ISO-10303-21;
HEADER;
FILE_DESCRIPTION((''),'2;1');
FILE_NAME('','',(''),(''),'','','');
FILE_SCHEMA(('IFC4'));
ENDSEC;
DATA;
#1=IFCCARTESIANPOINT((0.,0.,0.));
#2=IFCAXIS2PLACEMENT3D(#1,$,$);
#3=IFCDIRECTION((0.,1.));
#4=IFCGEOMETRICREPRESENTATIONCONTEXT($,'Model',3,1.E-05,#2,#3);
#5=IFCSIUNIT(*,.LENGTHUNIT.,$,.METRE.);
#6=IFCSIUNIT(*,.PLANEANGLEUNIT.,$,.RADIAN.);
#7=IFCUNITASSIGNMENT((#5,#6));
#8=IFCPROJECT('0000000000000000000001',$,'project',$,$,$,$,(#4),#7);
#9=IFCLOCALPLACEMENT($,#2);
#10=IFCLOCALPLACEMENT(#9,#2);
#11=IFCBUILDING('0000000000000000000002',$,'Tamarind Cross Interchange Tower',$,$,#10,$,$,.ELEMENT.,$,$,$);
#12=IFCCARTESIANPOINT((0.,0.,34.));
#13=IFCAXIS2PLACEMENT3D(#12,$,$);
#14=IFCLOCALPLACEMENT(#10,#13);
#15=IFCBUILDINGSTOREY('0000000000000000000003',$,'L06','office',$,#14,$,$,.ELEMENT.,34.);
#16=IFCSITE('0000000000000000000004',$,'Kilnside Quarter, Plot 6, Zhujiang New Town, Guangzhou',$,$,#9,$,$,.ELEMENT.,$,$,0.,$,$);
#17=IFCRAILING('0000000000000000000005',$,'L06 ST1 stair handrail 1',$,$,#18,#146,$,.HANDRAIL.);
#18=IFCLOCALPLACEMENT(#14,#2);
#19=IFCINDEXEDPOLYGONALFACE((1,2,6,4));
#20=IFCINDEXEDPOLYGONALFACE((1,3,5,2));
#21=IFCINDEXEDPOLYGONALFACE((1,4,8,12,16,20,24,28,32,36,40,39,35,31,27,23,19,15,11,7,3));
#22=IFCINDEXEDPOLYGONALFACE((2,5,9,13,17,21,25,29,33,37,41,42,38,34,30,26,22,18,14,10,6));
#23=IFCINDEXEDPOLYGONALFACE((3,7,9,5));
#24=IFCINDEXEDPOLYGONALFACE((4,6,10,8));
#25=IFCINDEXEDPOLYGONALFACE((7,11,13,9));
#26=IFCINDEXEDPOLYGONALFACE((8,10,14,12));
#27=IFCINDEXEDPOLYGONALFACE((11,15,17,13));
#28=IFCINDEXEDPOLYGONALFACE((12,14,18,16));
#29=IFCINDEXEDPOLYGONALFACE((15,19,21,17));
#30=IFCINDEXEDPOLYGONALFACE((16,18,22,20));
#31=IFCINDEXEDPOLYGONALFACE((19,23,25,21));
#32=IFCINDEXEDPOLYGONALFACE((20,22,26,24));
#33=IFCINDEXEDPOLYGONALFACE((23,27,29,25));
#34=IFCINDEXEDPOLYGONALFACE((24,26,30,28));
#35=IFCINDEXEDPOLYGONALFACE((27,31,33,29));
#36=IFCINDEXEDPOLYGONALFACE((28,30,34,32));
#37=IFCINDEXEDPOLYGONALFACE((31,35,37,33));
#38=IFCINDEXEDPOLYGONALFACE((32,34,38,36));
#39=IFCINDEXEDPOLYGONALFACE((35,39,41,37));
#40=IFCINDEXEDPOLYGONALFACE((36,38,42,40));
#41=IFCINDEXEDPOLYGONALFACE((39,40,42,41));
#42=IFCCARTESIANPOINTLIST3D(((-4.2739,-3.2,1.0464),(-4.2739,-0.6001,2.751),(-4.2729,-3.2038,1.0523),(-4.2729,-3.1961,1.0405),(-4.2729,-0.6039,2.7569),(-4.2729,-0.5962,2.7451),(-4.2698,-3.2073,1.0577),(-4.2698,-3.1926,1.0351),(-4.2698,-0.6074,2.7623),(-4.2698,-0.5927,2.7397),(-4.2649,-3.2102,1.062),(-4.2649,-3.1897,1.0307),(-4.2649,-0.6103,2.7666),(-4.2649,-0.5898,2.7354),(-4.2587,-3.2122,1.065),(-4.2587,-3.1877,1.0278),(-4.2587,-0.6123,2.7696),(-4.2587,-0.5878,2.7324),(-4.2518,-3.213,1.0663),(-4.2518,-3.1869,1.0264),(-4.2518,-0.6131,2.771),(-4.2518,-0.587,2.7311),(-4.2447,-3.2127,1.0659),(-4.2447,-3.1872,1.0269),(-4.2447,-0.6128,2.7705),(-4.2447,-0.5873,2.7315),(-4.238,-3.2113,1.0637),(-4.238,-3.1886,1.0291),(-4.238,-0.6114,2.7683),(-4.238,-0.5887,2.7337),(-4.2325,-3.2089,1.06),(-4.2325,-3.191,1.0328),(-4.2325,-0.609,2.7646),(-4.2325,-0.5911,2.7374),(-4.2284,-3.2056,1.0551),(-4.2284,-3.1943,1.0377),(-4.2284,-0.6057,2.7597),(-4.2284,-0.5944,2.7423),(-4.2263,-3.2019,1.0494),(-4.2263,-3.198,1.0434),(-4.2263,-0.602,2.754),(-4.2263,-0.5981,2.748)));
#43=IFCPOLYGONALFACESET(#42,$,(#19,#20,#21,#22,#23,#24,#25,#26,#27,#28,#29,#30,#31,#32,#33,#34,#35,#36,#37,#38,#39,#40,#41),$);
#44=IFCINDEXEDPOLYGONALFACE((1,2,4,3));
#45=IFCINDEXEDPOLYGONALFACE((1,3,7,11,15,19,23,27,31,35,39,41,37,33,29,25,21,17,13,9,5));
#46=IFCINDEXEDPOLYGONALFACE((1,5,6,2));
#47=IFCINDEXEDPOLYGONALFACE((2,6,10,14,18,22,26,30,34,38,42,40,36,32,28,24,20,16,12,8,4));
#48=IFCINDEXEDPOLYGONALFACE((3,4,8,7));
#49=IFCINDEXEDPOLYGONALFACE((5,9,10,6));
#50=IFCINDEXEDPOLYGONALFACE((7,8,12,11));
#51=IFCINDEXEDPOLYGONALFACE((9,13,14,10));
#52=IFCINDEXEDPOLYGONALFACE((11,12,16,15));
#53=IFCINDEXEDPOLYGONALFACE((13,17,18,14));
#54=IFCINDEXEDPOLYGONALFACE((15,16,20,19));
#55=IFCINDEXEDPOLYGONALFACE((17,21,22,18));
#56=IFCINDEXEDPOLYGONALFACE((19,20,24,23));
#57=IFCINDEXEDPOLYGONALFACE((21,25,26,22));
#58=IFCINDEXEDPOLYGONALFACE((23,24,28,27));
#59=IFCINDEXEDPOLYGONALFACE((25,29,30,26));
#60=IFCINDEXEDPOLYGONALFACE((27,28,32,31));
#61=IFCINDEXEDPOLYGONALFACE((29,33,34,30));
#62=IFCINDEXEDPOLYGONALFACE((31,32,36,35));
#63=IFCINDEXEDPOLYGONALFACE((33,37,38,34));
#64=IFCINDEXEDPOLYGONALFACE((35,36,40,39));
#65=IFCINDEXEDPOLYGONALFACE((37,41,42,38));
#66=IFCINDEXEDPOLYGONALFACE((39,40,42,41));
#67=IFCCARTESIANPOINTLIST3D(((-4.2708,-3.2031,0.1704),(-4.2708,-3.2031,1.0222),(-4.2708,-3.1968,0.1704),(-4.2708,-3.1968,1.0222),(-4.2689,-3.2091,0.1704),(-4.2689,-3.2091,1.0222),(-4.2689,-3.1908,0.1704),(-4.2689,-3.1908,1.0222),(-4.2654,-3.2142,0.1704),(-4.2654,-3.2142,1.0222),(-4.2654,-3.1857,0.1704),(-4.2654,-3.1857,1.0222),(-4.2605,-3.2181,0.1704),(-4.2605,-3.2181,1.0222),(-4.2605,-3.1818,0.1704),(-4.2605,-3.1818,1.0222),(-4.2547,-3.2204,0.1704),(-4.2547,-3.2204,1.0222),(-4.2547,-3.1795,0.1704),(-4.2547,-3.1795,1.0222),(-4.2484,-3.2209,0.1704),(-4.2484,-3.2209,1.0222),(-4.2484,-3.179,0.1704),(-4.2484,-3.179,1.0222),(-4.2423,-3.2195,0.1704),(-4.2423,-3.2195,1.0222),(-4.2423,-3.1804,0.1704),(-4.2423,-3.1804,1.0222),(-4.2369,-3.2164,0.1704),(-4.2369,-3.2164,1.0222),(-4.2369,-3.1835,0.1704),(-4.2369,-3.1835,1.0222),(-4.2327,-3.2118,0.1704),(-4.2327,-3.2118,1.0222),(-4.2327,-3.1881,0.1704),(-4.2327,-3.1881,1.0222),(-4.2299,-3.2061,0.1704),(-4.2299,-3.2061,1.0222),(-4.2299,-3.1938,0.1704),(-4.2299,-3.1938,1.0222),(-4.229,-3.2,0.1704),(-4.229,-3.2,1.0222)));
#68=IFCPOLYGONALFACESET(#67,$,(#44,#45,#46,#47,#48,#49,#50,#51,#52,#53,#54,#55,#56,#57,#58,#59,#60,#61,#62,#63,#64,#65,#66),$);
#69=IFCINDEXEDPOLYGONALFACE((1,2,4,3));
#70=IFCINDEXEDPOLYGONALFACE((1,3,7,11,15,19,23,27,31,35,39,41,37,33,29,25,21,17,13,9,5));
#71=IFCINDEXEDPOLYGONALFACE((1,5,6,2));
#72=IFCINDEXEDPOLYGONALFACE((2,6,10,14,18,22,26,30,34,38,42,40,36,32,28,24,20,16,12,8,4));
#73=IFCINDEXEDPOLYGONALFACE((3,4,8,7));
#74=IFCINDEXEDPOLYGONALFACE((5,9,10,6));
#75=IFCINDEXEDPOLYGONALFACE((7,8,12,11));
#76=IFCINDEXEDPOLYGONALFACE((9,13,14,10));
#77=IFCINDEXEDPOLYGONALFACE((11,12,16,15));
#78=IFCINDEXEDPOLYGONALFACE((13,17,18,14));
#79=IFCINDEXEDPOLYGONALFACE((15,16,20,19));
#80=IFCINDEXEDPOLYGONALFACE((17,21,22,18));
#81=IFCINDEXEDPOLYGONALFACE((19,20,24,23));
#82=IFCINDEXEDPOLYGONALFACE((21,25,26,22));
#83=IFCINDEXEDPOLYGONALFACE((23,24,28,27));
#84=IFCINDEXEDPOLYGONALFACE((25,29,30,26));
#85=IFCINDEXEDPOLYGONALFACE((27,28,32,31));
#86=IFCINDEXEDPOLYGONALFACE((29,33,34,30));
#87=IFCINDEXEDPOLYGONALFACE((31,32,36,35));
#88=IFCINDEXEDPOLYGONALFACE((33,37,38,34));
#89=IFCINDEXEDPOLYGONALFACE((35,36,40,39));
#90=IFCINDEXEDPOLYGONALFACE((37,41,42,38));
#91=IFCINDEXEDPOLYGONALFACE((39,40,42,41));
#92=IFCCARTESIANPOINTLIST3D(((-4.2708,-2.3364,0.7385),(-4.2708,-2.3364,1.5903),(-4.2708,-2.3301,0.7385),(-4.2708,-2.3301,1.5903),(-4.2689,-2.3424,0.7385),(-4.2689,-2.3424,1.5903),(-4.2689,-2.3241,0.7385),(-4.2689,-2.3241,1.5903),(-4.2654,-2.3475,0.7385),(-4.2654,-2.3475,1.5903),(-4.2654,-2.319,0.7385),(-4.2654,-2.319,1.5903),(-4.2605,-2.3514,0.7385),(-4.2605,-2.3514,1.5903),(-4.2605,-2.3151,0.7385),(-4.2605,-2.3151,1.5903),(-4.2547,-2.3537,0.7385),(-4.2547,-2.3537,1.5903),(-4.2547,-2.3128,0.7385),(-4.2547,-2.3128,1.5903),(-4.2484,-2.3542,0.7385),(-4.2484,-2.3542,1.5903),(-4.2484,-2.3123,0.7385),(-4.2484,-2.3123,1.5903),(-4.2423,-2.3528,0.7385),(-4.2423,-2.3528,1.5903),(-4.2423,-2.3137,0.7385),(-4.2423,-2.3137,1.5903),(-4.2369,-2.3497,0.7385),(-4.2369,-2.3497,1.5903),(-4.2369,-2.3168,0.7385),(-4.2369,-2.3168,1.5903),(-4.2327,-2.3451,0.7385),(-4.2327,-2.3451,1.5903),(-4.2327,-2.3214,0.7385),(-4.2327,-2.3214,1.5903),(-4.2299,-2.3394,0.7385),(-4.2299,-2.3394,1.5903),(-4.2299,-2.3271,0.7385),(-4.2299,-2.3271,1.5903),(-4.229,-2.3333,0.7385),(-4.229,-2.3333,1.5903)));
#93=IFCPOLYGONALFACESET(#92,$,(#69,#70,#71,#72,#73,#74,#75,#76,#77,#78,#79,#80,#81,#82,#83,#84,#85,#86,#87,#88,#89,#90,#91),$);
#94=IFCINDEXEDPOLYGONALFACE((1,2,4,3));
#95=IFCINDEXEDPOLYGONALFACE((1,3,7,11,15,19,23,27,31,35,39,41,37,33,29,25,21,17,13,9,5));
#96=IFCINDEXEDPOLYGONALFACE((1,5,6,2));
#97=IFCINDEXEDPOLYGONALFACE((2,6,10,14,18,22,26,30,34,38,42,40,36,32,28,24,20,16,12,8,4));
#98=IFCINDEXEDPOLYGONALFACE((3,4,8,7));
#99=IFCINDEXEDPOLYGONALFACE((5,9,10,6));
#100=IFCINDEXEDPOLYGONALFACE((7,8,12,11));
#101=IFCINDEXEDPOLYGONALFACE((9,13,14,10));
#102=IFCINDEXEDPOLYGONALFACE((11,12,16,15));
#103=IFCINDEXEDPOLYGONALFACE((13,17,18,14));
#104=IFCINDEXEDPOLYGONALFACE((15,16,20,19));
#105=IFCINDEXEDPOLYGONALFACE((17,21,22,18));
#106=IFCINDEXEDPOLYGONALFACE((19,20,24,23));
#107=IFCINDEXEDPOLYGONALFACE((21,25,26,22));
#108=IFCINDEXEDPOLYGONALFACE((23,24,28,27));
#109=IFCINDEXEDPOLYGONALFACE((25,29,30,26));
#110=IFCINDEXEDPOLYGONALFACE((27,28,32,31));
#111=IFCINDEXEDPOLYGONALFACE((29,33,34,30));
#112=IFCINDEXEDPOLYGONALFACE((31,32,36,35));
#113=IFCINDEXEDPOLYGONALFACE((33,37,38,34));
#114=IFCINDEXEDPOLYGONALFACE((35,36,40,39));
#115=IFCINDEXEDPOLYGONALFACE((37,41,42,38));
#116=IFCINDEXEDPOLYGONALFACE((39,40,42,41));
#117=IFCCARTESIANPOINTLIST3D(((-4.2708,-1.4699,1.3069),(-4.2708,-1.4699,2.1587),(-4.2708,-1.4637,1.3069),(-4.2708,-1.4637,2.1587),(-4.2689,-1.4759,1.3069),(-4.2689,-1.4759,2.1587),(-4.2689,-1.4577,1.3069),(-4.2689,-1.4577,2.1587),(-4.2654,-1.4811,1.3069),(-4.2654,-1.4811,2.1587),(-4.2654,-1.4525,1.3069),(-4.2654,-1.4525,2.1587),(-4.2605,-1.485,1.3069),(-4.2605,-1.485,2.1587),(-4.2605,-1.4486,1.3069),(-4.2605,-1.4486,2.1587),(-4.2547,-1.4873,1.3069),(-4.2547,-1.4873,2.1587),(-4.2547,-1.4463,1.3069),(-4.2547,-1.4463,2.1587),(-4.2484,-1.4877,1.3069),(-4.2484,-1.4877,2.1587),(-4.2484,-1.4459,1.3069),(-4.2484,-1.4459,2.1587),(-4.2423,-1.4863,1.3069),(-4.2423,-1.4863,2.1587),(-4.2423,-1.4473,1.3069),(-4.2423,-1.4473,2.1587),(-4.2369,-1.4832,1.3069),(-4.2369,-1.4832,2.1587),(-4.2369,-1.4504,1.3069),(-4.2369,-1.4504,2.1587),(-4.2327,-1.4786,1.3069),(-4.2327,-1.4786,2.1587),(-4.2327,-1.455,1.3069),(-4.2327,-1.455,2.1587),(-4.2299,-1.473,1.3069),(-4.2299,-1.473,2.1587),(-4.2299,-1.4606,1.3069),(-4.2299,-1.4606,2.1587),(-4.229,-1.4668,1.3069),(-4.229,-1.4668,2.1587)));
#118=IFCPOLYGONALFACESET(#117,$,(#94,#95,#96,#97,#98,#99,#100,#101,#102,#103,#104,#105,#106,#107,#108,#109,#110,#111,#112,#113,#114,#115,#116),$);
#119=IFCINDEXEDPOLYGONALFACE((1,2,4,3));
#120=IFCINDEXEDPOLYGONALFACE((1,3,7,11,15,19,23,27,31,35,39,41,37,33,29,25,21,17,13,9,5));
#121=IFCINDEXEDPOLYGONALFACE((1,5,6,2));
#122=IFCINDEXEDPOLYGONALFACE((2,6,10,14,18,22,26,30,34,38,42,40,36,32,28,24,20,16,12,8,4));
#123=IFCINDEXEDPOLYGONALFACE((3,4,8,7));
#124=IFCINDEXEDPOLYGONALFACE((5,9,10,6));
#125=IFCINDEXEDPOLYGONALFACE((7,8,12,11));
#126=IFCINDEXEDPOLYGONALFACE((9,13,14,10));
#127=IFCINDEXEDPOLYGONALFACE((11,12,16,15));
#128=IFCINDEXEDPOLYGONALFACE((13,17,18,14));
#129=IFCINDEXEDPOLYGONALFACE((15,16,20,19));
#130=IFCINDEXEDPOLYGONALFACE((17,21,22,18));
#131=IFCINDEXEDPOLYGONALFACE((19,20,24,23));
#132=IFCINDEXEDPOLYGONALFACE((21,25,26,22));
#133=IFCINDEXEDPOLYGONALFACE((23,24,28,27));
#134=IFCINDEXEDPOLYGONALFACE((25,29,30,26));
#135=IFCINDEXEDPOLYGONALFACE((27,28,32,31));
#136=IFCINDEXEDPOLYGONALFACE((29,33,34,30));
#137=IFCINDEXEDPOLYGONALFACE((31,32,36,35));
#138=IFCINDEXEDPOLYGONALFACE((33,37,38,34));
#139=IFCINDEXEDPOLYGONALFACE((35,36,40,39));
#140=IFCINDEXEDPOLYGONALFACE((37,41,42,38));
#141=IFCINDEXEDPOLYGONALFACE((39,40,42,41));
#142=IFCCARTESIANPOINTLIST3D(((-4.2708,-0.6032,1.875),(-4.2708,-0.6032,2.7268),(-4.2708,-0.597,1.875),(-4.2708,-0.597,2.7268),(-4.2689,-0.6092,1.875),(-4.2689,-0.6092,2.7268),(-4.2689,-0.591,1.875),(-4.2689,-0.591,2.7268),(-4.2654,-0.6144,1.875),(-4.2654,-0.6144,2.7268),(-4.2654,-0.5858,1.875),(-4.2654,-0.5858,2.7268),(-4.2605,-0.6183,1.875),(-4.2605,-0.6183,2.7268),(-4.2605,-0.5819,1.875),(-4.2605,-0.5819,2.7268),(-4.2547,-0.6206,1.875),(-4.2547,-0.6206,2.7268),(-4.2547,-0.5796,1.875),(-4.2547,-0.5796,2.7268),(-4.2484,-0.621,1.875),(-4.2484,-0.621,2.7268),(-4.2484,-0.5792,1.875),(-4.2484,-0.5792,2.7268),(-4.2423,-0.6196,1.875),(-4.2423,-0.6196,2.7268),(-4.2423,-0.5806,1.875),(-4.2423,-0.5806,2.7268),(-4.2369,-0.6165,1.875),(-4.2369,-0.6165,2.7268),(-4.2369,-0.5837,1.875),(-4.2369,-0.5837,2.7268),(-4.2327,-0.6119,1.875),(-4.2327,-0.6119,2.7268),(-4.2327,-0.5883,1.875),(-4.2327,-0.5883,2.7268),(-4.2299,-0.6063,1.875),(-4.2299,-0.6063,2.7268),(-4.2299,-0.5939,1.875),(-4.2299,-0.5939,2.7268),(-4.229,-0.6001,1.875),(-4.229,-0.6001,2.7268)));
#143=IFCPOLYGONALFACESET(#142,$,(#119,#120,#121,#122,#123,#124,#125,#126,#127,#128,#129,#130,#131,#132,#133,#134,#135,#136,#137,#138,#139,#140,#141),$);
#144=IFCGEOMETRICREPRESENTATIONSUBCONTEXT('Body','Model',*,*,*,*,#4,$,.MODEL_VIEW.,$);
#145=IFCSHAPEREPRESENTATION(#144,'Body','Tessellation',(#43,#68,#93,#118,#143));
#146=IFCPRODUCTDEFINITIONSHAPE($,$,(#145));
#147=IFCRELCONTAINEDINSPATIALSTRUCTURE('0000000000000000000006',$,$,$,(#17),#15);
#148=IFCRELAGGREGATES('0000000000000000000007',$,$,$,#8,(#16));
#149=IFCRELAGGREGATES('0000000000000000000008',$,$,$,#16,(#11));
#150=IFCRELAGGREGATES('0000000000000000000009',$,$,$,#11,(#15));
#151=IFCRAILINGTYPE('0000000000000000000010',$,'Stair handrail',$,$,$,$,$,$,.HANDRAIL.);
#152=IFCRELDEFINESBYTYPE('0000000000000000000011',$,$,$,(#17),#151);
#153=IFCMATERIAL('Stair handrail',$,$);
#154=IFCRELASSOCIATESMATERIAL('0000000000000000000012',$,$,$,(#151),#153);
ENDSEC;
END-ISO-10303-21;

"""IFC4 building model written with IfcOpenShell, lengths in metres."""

from ifc_helpers import new_model, si_unit, direction, frame, origin, origin_2d, place, context, subcontext, project, spatial, circle, extrude, material, type_object, element, save


model = new_model("IFC4")

# Units and contexts
model_context = context("Model", 3, precision=1e-05, world=origin(), true_north=direction((0.0, 1.0)))
body_context = subcontext(model_context, "Body", "Model", "MODEL_VIEW")
ifc_project = project(units=[si_unit("LENGTHUNIT", "METRE"), si_unit("PLANEANGLEUNIT", "RADIAN")], contexts=[model_context])

# Site, building, storey
site_placement = place(None, origin())
site = spatial("IfcSite", under=ifc_project, at=site_placement, Name="Kilnside Quarter, Plot 6, Zhujiang New Town, Guangzhou", CompositionType="ELEMENT", RefElevation=0.0)
building_placement = place(site_placement, origin())
building = spatial("IfcBuilding", under=site, at=building_placement, Name="Tamarind Cross Interchange Tower", CompositionType="ELEMENT")
storey_placement = place(building_placement, frame((0.0, 0.0, 34.0)))
storey = spatial("IfcBuildingStorey", under=building, at=storey_placement, Name="L06", Description="office", CompositionType="ELEMENT", Elevation=34.0)

# Railing
ifc_material_1 = material(Name="Stair handrail")
railing_type_1 = type_object("IfcRailingType", Name="Stair handrail", PredefinedType="HANDRAIL", material=ifc_material_1)
railing_1_placement = place(storey_placement, frame((-4.25, -3.2, 0.1704)))
element("IfcRailing", 1, at=railing_1_placement, inside=storey, type_object=railing_type_1, Name="L06 ST1 stair handrail 1", PredefinedType="HANDRAIL", context=body_context, shape_type="SweptSolid", body=[
    extrude(circle(Radius=0.0239, at=origin_2d()), frame((0.0, 0.0, 0.876), z_axis=(0.0, 0.836279, 0.548305), x_axis=(-1.0, 0.0, 0.0)), (0.0, 0.0, 1.0), 3.1089),
    extrude(circle(Radius=0.021, at=origin_2d()), origin(), (0.0, 0.0, 1.0), 0.8518),
    extrude(circle(Radius=0.021, at=origin_2d()), frame((0.0, 0.8667, 0.5681)), (0.0, 0.0, 1.0), 0.8518),
    extrude(circle(Radius=0.021, at=origin_2d()), frame((0.0, 1.7332, 1.1365)), (0.0, 0.0, 1.0), 0.8518),
    extrude(circle(Radius=0.021, at=origin_2d()), frame((0.0, 2.5999, 1.7046)), (0.0, 0.0, 1.0), 0.8518),
])

save(model, "model.ifc")
